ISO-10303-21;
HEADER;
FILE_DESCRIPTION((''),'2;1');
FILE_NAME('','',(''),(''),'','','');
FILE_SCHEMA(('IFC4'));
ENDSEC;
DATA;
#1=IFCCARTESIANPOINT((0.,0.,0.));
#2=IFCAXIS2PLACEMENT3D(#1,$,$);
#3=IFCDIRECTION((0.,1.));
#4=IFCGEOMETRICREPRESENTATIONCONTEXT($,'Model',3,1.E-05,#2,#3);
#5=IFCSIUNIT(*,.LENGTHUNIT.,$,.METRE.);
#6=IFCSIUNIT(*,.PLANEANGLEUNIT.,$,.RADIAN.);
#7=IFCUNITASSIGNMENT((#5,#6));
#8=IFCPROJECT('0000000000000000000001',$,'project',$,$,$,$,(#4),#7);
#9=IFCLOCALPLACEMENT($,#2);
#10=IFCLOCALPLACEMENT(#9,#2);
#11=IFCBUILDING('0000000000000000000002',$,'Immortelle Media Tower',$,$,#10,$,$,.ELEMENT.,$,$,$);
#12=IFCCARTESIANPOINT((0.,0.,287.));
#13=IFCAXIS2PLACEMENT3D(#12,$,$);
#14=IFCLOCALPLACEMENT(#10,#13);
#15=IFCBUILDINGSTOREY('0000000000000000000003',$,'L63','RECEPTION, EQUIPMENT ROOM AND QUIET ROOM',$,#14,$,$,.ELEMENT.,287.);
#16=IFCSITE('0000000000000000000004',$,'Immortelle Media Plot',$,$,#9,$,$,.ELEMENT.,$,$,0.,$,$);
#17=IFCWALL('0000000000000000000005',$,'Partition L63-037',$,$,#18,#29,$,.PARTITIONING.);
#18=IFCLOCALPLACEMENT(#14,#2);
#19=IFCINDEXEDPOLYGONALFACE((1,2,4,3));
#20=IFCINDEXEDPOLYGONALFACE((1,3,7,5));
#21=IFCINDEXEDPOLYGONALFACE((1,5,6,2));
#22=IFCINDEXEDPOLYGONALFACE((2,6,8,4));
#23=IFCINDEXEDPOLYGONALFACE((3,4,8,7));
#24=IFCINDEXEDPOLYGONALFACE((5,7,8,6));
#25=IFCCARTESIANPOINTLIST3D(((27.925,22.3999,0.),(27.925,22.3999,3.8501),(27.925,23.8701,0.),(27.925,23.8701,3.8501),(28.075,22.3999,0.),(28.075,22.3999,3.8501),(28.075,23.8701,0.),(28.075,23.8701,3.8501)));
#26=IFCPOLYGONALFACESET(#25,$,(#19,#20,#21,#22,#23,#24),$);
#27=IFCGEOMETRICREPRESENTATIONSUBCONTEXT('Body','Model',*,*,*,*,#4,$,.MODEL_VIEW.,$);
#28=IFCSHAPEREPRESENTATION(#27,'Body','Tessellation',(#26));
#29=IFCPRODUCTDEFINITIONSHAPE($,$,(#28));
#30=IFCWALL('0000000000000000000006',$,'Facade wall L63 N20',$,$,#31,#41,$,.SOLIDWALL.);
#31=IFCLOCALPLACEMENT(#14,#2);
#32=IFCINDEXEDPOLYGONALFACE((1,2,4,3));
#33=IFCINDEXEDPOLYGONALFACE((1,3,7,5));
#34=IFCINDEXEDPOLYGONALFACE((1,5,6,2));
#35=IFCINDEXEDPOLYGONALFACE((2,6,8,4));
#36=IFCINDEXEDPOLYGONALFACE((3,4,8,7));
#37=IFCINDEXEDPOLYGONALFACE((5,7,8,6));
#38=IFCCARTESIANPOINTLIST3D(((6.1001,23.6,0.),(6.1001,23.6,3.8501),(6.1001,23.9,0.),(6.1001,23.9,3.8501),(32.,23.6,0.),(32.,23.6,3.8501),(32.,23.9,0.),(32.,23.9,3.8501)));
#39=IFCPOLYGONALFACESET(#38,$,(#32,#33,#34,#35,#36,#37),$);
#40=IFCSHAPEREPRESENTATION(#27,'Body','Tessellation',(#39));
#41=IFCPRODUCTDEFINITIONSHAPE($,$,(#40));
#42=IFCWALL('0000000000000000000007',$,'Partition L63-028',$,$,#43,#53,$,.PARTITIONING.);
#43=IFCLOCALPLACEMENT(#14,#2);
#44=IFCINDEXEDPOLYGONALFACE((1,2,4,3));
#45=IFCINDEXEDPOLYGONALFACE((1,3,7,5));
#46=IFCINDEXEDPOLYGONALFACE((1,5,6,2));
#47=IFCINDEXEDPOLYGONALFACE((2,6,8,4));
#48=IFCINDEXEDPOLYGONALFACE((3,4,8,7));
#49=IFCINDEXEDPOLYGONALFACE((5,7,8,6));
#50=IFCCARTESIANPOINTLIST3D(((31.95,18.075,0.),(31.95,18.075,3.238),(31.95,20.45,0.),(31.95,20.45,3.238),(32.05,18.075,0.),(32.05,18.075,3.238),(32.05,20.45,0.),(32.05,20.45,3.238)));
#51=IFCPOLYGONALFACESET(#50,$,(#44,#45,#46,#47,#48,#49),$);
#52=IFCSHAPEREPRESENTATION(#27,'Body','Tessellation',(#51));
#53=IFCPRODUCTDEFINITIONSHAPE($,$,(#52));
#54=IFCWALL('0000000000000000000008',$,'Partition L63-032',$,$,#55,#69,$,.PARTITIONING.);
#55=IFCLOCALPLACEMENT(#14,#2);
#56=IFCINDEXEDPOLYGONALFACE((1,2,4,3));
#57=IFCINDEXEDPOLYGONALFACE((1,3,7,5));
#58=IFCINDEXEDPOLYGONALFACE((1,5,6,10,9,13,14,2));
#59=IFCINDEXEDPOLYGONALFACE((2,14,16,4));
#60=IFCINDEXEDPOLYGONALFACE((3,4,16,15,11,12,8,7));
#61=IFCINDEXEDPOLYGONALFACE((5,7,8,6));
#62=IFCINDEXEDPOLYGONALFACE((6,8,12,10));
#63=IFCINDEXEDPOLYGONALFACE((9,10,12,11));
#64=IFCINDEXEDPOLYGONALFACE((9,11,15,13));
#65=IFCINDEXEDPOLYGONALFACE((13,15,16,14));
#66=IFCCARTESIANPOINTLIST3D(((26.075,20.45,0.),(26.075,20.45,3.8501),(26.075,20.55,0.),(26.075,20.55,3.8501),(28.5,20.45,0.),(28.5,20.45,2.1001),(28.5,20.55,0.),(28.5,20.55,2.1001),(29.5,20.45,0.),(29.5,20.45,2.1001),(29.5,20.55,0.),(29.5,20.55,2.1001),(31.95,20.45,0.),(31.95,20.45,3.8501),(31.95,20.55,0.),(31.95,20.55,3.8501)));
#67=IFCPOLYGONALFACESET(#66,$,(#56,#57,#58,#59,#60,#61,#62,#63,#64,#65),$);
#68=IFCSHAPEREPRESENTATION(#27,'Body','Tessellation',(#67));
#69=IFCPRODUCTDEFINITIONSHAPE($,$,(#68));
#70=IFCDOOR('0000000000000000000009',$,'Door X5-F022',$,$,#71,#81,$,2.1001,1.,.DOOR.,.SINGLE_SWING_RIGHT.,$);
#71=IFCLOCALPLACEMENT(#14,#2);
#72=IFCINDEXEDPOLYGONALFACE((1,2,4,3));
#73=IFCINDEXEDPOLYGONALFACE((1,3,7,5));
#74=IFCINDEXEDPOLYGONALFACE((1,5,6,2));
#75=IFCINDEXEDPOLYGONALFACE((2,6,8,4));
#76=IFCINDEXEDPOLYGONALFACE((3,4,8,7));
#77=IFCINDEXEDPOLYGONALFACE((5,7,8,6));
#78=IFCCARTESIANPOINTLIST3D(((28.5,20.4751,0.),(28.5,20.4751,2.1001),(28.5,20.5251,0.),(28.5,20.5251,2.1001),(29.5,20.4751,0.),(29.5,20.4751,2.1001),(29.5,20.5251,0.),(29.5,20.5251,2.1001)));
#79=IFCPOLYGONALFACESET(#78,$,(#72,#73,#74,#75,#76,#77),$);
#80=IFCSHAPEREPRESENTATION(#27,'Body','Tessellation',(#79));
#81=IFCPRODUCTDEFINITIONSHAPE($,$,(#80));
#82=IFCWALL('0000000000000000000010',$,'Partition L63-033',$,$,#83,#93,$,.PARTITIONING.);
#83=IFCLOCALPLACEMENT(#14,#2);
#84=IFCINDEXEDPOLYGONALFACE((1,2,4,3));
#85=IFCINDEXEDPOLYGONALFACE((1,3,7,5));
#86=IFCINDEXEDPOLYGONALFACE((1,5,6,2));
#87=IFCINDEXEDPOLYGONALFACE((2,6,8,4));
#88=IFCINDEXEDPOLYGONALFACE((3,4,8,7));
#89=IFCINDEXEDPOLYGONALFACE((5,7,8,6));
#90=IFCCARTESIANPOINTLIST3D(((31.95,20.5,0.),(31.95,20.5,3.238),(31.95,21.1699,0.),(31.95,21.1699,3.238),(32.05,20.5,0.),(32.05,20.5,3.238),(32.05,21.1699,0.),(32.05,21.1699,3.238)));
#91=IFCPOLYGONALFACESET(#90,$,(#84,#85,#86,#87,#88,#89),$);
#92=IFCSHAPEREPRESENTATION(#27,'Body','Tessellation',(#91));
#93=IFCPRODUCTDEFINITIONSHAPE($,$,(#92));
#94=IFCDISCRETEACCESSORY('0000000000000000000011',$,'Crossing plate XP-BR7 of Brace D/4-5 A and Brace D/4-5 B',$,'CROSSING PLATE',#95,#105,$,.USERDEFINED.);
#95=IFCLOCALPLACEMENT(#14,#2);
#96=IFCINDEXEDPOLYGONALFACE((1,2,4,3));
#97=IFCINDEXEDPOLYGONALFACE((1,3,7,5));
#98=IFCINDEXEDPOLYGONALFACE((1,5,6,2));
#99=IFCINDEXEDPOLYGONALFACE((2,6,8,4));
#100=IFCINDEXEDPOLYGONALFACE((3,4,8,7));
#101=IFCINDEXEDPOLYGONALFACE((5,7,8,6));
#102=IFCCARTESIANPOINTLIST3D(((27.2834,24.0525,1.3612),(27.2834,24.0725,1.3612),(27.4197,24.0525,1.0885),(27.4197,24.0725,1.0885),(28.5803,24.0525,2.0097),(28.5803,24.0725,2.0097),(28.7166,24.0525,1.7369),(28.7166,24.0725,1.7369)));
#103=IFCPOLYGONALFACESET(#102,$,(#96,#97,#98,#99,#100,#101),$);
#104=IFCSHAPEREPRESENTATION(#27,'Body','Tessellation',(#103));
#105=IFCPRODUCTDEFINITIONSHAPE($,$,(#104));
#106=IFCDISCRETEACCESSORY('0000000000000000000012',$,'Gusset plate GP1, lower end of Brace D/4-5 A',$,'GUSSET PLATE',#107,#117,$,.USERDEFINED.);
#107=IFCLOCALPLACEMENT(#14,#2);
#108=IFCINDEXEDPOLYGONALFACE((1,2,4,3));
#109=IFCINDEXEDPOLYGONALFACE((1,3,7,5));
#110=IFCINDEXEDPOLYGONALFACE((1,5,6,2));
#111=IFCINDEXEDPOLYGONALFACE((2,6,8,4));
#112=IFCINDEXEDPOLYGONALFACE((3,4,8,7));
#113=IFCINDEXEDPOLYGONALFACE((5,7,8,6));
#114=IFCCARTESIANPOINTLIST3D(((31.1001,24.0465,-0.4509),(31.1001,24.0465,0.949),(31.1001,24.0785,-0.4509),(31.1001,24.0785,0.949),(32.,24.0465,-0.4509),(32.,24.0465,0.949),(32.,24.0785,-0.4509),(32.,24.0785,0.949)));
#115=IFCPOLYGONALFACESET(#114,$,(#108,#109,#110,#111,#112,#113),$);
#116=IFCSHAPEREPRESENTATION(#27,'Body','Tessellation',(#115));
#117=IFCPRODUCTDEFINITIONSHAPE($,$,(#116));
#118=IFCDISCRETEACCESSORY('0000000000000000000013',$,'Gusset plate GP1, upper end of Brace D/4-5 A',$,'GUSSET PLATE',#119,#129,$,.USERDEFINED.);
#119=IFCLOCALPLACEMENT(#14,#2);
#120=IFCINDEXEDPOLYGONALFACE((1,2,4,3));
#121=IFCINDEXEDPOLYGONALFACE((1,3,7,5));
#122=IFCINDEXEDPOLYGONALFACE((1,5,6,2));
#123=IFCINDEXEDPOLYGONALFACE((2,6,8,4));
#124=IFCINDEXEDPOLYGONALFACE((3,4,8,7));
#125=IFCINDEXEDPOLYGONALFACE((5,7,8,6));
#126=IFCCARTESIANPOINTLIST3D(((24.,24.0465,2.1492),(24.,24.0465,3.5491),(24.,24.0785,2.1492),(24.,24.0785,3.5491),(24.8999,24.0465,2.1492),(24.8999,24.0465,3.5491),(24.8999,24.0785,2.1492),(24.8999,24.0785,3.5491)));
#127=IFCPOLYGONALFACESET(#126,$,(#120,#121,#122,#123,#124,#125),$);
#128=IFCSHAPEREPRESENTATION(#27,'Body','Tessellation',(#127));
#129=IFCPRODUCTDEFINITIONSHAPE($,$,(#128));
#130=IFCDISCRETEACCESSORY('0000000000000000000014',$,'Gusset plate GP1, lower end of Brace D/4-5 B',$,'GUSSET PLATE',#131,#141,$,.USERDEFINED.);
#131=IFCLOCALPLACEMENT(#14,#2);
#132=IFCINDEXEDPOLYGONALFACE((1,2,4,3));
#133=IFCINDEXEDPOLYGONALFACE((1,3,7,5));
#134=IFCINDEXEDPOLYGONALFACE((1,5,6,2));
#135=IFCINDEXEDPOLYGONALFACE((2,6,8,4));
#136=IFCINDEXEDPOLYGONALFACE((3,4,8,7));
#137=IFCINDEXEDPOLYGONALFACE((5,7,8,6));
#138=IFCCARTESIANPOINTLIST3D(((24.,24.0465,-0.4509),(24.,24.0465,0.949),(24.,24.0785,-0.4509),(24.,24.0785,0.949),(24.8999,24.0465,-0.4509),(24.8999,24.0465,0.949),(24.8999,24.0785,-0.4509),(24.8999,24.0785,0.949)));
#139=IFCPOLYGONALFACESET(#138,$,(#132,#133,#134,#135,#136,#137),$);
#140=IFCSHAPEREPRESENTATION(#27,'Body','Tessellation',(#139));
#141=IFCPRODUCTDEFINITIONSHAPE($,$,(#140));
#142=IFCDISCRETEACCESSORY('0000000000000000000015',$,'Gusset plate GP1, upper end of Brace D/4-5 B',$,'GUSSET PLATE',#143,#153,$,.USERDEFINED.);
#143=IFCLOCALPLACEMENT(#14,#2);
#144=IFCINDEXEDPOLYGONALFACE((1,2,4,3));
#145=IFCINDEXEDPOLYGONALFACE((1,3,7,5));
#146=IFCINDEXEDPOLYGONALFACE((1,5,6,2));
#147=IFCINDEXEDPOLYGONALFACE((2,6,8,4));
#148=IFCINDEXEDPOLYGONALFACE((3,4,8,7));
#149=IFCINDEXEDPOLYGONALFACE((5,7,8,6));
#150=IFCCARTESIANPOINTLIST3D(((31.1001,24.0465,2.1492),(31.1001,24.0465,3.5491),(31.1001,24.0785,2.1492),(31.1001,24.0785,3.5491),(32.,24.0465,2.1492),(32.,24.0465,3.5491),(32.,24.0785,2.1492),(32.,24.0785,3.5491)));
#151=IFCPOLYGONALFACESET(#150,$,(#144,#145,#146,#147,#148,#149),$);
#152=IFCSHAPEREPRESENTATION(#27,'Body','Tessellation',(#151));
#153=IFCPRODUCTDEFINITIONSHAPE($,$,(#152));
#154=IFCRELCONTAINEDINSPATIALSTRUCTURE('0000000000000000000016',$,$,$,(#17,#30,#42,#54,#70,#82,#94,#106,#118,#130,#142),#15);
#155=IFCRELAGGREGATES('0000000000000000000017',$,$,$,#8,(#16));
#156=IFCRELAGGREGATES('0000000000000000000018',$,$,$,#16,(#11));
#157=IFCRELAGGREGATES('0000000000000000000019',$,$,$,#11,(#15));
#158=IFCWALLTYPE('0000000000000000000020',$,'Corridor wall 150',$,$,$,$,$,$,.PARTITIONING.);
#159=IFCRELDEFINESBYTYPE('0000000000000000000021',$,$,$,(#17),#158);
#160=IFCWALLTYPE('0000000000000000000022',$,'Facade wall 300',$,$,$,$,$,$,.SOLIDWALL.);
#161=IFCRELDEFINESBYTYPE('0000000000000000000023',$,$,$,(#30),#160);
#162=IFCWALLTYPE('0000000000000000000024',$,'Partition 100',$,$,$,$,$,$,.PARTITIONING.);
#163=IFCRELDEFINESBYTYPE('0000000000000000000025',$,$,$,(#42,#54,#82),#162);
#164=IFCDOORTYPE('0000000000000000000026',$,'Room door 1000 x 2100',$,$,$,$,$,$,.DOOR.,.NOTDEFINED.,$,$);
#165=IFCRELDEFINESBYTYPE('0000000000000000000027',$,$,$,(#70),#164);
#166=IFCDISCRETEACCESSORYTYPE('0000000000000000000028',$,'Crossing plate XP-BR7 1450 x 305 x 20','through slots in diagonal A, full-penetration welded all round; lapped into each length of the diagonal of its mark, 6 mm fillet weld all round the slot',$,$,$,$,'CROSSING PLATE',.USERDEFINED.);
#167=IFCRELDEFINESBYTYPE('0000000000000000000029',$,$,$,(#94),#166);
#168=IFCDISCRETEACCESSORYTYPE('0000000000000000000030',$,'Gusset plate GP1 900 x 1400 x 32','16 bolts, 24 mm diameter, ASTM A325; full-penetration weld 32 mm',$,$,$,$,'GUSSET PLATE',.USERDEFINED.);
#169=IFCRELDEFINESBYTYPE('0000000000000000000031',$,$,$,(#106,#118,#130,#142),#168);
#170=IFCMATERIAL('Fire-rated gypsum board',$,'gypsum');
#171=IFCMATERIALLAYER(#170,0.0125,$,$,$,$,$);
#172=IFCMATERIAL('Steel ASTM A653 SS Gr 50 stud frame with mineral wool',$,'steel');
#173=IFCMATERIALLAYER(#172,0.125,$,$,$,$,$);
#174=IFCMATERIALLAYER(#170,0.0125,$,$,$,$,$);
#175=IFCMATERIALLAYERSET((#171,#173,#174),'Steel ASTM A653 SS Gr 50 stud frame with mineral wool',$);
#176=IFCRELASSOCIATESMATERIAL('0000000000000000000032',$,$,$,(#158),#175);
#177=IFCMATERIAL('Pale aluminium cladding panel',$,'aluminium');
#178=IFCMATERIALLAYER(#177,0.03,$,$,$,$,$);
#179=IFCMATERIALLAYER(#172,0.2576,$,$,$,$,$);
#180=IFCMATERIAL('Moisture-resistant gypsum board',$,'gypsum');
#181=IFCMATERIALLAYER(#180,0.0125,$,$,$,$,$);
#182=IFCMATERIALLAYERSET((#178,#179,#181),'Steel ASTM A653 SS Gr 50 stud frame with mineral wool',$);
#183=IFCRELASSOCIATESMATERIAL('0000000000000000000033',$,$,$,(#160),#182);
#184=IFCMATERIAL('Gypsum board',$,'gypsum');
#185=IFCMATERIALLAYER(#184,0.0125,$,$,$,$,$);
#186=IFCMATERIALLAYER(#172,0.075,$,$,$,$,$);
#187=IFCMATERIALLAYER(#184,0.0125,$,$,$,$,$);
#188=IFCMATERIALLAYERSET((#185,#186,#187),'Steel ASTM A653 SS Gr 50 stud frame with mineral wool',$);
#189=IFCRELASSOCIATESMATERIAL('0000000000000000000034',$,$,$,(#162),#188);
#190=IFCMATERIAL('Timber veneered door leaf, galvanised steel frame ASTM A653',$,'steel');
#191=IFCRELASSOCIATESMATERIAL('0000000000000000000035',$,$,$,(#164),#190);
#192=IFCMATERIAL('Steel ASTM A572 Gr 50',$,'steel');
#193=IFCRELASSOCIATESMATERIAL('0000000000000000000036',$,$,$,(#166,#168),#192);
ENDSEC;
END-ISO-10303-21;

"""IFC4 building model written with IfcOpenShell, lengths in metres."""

from ifc_helpers import new_model, si_unit, direction, frame, frame_2d, origin, origin_2d, place, context, subcontext, project, spatial, rectangle, extrude, material, layer, layer_set, material_profile, profile_set, type_object, element, fill, save


model = new_model("IFC4")

# Units and contexts
model_context = context("Model", 3, precision=1e-05, world=origin(), true_north=direction((0.0, 1.0)))
body_context = subcontext(model_context, "Body", "Model", "MODEL_VIEW")
ifc_project = project(units=[si_unit("LENGTHUNIT", "METRE"), si_unit("PLANEANGLEUNIT", "RADIAN")], contexts=[model_context])

# Site, building, storey
site_placement = place(None, origin())
site = spatial("IfcSite", under=ifc_project, at=site_placement, Name="Immortelle Media Plot", CompositionType="ELEMENT", RefElevation=0.0)
building_placement = place(site_placement, origin())
building = spatial("IfcBuilding", under=site, at=building_placement, Name="Immortelle Media Tower", CompositionType="ELEMENT")
storey_placement = place(building_placement, frame((0.0, 0.0, 287.0)))
storey = spatial("IfcBuildingStorey", under=building, at=storey_placement, Name="L63", Description="RECEPTION, EQUIPMENT ROOM AND QUIET ROOM", CompositionType="ELEMENT", Elevation=287.0)

# Walls
ifc_material_1 = material(Name="Fire-rated gypsum board", Category="gypsum")
ifc_material_2 = material(Name="Steel ASTM A653 SS Gr 50 stud frame with mineral wool", Category="steel")
ifc_layer_1 = layer(ifc_material_1, 0.0125)
ifc_layer_2 = layer(ifc_material_2, 0.125)
ifc_layer_3 = layer(ifc_material_1, 0.0125)
ifc_layer_set_1 = layer_set([ifc_layer_1, ifc_layer_2, ifc_layer_3], Name="Steel ASTM A653 SS Gr 50 stud frame with mineral wool")
wall_type_1 = type_object("IfcWallType", Name="Corridor wall 150", PredefinedType="PARTITIONING", material=ifc_layer_set_1)
wall_1_placement = place(storey_placement, frame((28.0, 22.3999, 0.0), z_axis=(0.0, 0.0, 1.0), x_axis=(0.0, 1.0, 0.0)))
element("IfcWall", 1, at=wall_1_placement, inside=storey, type_object=wall_type_1, Name="Partition L63-037", PredefinedType="PARTITIONING", context=body_context, shape_type="SweptSolid", body=[
    extrude(rectangle(XDim=1.4702, YDim=0.1499, at=frame_2d((0.7351, 0.0))), origin(), (0.0, 0.0, 1.0), 3.8501),
])
ifc_material_3 = material(Name="Pale aluminium cladding panel", Category="aluminium")
ifc_layer_4 = layer(ifc_material_3, 0.03)
ifc_layer_5 = layer(ifc_material_2, 0.2576)
ifc_material_4 = material(Name="Moisture-resistant gypsum board", Category="gypsum")
ifc_layer_6 = layer(ifc_material_4, 0.0125)
ifc_layer_set_2 = layer_set([ifc_layer_4, ifc_layer_5, ifc_layer_6], Name="Steel ASTM A653 SS Gr 50 stud frame with mineral wool")
wall_type_2 = type_object("IfcWallType", Name="Facade wall 300", PredefinedType="SOLIDWALL", material=ifc_layer_set_2)
wall_2_placement = place(storey_placement, frame((32.0, 23.75, 0.0), z_axis=(0.0, 0.0, 1.0), x_axis=(-1.0, 0.0, 0.0)))
element("IfcWall", 2, at=wall_2_placement, inside=storey, type_object=wall_type_2, Name="Facade wall L63 N20", PredefinedType="SOLIDWALL", context=body_context, shape_type="SweptSolid", body=[
    extrude(rectangle(XDim=25.8999, YDim=0.3, at=frame_2d((12.95, 0.0))), origin(), (0.0, 0.0, 1.0), 3.8501),
])
ifc_material_5 = material(Name="Gypsum board", Category="gypsum")
ifc_layer_7 = layer(ifc_material_5, 0.0125)
ifc_layer_8 = layer(ifc_material_2, 0.075)
ifc_layer_9 = layer(ifc_material_5, 0.0125)
ifc_layer_set_3 = layer_set([ifc_layer_7, ifc_layer_8, ifc_layer_9], Name="Steel ASTM A653 SS Gr 50 stud frame with mineral wool")
wall_type_3 = type_object("IfcWallType", Name="Partition 100", PredefinedType="PARTITIONING", material=ifc_layer_set_3)
wall_3_placement = place(storey_placement, frame((32.0, 18.075, 0.0), z_axis=(0.0, 0.0, 1.0), x_axis=(0.0, 1.0, 0.0)))
element("IfcWall", 3, at=wall_3_placement, inside=storey, type_object=wall_type_3, Name="Partition L63-028", PredefinedType="PARTITIONING", context=body_context, shape_type="SweptSolid", body=[
    extrude(rectangle(XDim=2.375, YDim=0.1001, at=frame_2d((1.1875, 0.0))), origin(), (0.0, 0.0, 1.0), 3.238),
])

# Wall, opening, door
wall_4_placement = place(storey_placement, frame((26.075, 20.5, 0.0), z_axis=(0.0, 0.0, 1.0), x_axis=(1.0, 0.0, 0.0)))
wall_4 = element("IfcWall", 4, at=wall_4_placement, inside=storey, type_object=wall_type_3, Name="Partition L63-032", PredefinedType="PARTITIONING", context=body_context, shape_type="SweptSolid", body=[
    extrude(rectangle(XDim=5.875, YDim=0.1001, at=frame_2d((2.9375, 0.0))), origin(), (0.0, 0.0, 1.0), 3.8501),
])
opening_placement = place(wall_4_placement, frame((3.425, 0.0, 0.0), z_axis=(0.0, 0.0, 1.0), x_axis=(-1.0, 0.0, 0.0)))
opening = element("IfcOpeningElement", 5, at=opening_placement, cuts=wall_4, PredefinedType="OPENING", context=body_context, shape_type="SweptSolid", body=[
    extrude(rectangle(XDim=1.0, YDim=2.1001, at=frame_2d((0.5, 1.05))), frame((0.0, 0.0601, 0.0), z_axis=(0.0, -1.0, 0.0), x_axis=(1.0, 0.0, 0.0)), (0.0, 0.0, 1.0), 0.1201),
])
ifc_material_6 = material(Name="Timber veneered door leaf, galvanised steel frame ASTM A653", Category="steel")
door_type = type_object("IfcDoorType", Name="Room door 1000 x 2100", OperationType="NOTDEFINED", PredefinedType="DOOR", material=ifc_material_6)
door_placement = place(opening_placement, origin())
door = element("IfcDoor", 6, at=door_placement, inside=storey, type_object=door_type, Name="Door X5-F022", OperationType="SINGLE_SWING_RIGHT", OverallHeight=2.1001, OverallWidth=1.0, PredefinedType="DOOR", context=body_context, shape_type="SweptSolid", body=[
    extrude(rectangle(XDim=1.0, YDim=2.1001, at=frame_2d((0.5, 1.05))), frame((0.0, 0.0249, 0.0), z_axis=(0.0, -1.0, 0.0), x_axis=(1.0, 0.0, 0.0)), (0.0, 0.0, 1.0), 0.05),
])
fill(opening, door)

# Wall
wall_5_placement = place(storey_placement, frame((32.0, 20.5, 0.0), z_axis=(0.0, 0.0, 1.0), x_axis=(0.0, 1.0, 0.0)))
element("IfcWall", 7, at=wall_5_placement, inside=storey, type_object=wall_type_3, Name="Partition L63-033", PredefinedType="PARTITIONING", context=body_context, shape_type="SweptSolid", body=[
    extrude(rectangle(XDim=0.6699, YDim=0.1001, at=frame_2d((0.335, 0.0))), origin(), (0.0, 0.0, 1.0), 3.238),
])

# Discrete accessories
ifc_material_7 = material(Name="Steel ASTM A572 Gr 50", Category="steel")
ifc_material_profile_1 = material_profile(ifc_material_7, rectangle(XDim=0.02, YDim=0.3049, at=origin_2d()), Name="PL 20 x 305")
ifc_profile_set_1 = profile_set([ifc_material_profile_1], Name="Steel ASTM A572 Gr 50")
discrete_accessory_type_1 = type_object("IfcDiscreteAccessoryType", Name="Crossing plate XP-BR7 1450 x 305 x 20", Description="through slots in diagonal A, full-penetration welded all round; lapped into each length of the diagonal of its mark, 6 mm fillet weld all round the slot", ElementType="CROSSING PLATE", PredefinedType="USERDEFINED", material=ifc_profile_set_1)
discrete_accessory_placement = place(storey_placement, frame((28.6484, 24.0625, 1.8733), z_axis=(-0.894427, 0.0, -0.447214), x_axis=(0.0, -1.0, 0.0)))
element("IfcDiscreteAccessory", 8, at=discrete_accessory_placement, inside=storey, type_object=discrete_accessory_type_1, Name="Crossing plate XP-BR7 of Brace D/4-5 A and Brace D/4-5 B", ObjectType="CROSSING PLATE", PredefinedType="USERDEFINED", context=body_context, shape_type="SweptSolid", body=[
    extrude(rectangle(XDim=0.02, YDim=0.3049, at=origin_2d()), origin(), (0.0, 0.0, 1.0), 1.45),
])
ifc_material_profile_2 = material_profile(ifc_material_7, rectangle(XDim=0.032, YDim=1.3999, at=origin_2d()), Name="PL 32 x 1400")
ifc_profile_set_2 = profile_set([ifc_material_profile_2], Name="Steel ASTM A572 Gr 50")
discrete_accessory_type_2 = type_object("IfcDiscreteAccessoryType", Name="Gusset plate GP1 900 x 1400 x 32", Description="16 bolts, 24 mm diameter, ASTM A325; full-penetration weld 32 mm", ElementType="GUSSET PLATE", PredefinedType="USERDEFINED", material=ifc_profile_set_2)
for number, where, z_axis, x_axis, name in (
    (9, (32.0, 24.0625, 0.249), (-1.0, 0.0, 0.0), (0.0, -1.0, 0.0), "Gusset plate GP1, lower end of Brace D/4-5 A"),
    (10, (24.0, 24.0625, 2.8491), (1.0, 0.0, 0.0), (0.0, 1.0, 0.0), "Gusset plate GP1, upper end of Brace D/4-5 A"),
    (11, (24.0, 24.0625, 0.249), (1.0, 0.0, 0.0), (0.0, 1.0, 0.0), "Gusset plate GP1, lower end of Brace D/4-5 B"),
    (12, (32.0, 24.0625, 2.8491), (-1.0, 0.0, 0.0), (0.0, -1.0, 0.0), "Gusset plate GP1, upper end of Brace D/4-5 B"),
):
    element("IfcDiscreteAccessory", number, at=place(storey_placement, frame(where, z_axis=z_axis, x_axis=x_axis)), inside=storey, type_object=discrete_accessory_type_2, Name=name, ObjectType="GUSSET PLATE", PredefinedType="USERDEFINED", context=body_context, shape_type="SweptSolid", body=[
        extrude(rectangle(XDim=0.032, YDim=1.3999, at=origin_2d()), origin(), (0.0, 0.0, 1.0), 0.8999),
    ])

save(model, "model.ifc")
